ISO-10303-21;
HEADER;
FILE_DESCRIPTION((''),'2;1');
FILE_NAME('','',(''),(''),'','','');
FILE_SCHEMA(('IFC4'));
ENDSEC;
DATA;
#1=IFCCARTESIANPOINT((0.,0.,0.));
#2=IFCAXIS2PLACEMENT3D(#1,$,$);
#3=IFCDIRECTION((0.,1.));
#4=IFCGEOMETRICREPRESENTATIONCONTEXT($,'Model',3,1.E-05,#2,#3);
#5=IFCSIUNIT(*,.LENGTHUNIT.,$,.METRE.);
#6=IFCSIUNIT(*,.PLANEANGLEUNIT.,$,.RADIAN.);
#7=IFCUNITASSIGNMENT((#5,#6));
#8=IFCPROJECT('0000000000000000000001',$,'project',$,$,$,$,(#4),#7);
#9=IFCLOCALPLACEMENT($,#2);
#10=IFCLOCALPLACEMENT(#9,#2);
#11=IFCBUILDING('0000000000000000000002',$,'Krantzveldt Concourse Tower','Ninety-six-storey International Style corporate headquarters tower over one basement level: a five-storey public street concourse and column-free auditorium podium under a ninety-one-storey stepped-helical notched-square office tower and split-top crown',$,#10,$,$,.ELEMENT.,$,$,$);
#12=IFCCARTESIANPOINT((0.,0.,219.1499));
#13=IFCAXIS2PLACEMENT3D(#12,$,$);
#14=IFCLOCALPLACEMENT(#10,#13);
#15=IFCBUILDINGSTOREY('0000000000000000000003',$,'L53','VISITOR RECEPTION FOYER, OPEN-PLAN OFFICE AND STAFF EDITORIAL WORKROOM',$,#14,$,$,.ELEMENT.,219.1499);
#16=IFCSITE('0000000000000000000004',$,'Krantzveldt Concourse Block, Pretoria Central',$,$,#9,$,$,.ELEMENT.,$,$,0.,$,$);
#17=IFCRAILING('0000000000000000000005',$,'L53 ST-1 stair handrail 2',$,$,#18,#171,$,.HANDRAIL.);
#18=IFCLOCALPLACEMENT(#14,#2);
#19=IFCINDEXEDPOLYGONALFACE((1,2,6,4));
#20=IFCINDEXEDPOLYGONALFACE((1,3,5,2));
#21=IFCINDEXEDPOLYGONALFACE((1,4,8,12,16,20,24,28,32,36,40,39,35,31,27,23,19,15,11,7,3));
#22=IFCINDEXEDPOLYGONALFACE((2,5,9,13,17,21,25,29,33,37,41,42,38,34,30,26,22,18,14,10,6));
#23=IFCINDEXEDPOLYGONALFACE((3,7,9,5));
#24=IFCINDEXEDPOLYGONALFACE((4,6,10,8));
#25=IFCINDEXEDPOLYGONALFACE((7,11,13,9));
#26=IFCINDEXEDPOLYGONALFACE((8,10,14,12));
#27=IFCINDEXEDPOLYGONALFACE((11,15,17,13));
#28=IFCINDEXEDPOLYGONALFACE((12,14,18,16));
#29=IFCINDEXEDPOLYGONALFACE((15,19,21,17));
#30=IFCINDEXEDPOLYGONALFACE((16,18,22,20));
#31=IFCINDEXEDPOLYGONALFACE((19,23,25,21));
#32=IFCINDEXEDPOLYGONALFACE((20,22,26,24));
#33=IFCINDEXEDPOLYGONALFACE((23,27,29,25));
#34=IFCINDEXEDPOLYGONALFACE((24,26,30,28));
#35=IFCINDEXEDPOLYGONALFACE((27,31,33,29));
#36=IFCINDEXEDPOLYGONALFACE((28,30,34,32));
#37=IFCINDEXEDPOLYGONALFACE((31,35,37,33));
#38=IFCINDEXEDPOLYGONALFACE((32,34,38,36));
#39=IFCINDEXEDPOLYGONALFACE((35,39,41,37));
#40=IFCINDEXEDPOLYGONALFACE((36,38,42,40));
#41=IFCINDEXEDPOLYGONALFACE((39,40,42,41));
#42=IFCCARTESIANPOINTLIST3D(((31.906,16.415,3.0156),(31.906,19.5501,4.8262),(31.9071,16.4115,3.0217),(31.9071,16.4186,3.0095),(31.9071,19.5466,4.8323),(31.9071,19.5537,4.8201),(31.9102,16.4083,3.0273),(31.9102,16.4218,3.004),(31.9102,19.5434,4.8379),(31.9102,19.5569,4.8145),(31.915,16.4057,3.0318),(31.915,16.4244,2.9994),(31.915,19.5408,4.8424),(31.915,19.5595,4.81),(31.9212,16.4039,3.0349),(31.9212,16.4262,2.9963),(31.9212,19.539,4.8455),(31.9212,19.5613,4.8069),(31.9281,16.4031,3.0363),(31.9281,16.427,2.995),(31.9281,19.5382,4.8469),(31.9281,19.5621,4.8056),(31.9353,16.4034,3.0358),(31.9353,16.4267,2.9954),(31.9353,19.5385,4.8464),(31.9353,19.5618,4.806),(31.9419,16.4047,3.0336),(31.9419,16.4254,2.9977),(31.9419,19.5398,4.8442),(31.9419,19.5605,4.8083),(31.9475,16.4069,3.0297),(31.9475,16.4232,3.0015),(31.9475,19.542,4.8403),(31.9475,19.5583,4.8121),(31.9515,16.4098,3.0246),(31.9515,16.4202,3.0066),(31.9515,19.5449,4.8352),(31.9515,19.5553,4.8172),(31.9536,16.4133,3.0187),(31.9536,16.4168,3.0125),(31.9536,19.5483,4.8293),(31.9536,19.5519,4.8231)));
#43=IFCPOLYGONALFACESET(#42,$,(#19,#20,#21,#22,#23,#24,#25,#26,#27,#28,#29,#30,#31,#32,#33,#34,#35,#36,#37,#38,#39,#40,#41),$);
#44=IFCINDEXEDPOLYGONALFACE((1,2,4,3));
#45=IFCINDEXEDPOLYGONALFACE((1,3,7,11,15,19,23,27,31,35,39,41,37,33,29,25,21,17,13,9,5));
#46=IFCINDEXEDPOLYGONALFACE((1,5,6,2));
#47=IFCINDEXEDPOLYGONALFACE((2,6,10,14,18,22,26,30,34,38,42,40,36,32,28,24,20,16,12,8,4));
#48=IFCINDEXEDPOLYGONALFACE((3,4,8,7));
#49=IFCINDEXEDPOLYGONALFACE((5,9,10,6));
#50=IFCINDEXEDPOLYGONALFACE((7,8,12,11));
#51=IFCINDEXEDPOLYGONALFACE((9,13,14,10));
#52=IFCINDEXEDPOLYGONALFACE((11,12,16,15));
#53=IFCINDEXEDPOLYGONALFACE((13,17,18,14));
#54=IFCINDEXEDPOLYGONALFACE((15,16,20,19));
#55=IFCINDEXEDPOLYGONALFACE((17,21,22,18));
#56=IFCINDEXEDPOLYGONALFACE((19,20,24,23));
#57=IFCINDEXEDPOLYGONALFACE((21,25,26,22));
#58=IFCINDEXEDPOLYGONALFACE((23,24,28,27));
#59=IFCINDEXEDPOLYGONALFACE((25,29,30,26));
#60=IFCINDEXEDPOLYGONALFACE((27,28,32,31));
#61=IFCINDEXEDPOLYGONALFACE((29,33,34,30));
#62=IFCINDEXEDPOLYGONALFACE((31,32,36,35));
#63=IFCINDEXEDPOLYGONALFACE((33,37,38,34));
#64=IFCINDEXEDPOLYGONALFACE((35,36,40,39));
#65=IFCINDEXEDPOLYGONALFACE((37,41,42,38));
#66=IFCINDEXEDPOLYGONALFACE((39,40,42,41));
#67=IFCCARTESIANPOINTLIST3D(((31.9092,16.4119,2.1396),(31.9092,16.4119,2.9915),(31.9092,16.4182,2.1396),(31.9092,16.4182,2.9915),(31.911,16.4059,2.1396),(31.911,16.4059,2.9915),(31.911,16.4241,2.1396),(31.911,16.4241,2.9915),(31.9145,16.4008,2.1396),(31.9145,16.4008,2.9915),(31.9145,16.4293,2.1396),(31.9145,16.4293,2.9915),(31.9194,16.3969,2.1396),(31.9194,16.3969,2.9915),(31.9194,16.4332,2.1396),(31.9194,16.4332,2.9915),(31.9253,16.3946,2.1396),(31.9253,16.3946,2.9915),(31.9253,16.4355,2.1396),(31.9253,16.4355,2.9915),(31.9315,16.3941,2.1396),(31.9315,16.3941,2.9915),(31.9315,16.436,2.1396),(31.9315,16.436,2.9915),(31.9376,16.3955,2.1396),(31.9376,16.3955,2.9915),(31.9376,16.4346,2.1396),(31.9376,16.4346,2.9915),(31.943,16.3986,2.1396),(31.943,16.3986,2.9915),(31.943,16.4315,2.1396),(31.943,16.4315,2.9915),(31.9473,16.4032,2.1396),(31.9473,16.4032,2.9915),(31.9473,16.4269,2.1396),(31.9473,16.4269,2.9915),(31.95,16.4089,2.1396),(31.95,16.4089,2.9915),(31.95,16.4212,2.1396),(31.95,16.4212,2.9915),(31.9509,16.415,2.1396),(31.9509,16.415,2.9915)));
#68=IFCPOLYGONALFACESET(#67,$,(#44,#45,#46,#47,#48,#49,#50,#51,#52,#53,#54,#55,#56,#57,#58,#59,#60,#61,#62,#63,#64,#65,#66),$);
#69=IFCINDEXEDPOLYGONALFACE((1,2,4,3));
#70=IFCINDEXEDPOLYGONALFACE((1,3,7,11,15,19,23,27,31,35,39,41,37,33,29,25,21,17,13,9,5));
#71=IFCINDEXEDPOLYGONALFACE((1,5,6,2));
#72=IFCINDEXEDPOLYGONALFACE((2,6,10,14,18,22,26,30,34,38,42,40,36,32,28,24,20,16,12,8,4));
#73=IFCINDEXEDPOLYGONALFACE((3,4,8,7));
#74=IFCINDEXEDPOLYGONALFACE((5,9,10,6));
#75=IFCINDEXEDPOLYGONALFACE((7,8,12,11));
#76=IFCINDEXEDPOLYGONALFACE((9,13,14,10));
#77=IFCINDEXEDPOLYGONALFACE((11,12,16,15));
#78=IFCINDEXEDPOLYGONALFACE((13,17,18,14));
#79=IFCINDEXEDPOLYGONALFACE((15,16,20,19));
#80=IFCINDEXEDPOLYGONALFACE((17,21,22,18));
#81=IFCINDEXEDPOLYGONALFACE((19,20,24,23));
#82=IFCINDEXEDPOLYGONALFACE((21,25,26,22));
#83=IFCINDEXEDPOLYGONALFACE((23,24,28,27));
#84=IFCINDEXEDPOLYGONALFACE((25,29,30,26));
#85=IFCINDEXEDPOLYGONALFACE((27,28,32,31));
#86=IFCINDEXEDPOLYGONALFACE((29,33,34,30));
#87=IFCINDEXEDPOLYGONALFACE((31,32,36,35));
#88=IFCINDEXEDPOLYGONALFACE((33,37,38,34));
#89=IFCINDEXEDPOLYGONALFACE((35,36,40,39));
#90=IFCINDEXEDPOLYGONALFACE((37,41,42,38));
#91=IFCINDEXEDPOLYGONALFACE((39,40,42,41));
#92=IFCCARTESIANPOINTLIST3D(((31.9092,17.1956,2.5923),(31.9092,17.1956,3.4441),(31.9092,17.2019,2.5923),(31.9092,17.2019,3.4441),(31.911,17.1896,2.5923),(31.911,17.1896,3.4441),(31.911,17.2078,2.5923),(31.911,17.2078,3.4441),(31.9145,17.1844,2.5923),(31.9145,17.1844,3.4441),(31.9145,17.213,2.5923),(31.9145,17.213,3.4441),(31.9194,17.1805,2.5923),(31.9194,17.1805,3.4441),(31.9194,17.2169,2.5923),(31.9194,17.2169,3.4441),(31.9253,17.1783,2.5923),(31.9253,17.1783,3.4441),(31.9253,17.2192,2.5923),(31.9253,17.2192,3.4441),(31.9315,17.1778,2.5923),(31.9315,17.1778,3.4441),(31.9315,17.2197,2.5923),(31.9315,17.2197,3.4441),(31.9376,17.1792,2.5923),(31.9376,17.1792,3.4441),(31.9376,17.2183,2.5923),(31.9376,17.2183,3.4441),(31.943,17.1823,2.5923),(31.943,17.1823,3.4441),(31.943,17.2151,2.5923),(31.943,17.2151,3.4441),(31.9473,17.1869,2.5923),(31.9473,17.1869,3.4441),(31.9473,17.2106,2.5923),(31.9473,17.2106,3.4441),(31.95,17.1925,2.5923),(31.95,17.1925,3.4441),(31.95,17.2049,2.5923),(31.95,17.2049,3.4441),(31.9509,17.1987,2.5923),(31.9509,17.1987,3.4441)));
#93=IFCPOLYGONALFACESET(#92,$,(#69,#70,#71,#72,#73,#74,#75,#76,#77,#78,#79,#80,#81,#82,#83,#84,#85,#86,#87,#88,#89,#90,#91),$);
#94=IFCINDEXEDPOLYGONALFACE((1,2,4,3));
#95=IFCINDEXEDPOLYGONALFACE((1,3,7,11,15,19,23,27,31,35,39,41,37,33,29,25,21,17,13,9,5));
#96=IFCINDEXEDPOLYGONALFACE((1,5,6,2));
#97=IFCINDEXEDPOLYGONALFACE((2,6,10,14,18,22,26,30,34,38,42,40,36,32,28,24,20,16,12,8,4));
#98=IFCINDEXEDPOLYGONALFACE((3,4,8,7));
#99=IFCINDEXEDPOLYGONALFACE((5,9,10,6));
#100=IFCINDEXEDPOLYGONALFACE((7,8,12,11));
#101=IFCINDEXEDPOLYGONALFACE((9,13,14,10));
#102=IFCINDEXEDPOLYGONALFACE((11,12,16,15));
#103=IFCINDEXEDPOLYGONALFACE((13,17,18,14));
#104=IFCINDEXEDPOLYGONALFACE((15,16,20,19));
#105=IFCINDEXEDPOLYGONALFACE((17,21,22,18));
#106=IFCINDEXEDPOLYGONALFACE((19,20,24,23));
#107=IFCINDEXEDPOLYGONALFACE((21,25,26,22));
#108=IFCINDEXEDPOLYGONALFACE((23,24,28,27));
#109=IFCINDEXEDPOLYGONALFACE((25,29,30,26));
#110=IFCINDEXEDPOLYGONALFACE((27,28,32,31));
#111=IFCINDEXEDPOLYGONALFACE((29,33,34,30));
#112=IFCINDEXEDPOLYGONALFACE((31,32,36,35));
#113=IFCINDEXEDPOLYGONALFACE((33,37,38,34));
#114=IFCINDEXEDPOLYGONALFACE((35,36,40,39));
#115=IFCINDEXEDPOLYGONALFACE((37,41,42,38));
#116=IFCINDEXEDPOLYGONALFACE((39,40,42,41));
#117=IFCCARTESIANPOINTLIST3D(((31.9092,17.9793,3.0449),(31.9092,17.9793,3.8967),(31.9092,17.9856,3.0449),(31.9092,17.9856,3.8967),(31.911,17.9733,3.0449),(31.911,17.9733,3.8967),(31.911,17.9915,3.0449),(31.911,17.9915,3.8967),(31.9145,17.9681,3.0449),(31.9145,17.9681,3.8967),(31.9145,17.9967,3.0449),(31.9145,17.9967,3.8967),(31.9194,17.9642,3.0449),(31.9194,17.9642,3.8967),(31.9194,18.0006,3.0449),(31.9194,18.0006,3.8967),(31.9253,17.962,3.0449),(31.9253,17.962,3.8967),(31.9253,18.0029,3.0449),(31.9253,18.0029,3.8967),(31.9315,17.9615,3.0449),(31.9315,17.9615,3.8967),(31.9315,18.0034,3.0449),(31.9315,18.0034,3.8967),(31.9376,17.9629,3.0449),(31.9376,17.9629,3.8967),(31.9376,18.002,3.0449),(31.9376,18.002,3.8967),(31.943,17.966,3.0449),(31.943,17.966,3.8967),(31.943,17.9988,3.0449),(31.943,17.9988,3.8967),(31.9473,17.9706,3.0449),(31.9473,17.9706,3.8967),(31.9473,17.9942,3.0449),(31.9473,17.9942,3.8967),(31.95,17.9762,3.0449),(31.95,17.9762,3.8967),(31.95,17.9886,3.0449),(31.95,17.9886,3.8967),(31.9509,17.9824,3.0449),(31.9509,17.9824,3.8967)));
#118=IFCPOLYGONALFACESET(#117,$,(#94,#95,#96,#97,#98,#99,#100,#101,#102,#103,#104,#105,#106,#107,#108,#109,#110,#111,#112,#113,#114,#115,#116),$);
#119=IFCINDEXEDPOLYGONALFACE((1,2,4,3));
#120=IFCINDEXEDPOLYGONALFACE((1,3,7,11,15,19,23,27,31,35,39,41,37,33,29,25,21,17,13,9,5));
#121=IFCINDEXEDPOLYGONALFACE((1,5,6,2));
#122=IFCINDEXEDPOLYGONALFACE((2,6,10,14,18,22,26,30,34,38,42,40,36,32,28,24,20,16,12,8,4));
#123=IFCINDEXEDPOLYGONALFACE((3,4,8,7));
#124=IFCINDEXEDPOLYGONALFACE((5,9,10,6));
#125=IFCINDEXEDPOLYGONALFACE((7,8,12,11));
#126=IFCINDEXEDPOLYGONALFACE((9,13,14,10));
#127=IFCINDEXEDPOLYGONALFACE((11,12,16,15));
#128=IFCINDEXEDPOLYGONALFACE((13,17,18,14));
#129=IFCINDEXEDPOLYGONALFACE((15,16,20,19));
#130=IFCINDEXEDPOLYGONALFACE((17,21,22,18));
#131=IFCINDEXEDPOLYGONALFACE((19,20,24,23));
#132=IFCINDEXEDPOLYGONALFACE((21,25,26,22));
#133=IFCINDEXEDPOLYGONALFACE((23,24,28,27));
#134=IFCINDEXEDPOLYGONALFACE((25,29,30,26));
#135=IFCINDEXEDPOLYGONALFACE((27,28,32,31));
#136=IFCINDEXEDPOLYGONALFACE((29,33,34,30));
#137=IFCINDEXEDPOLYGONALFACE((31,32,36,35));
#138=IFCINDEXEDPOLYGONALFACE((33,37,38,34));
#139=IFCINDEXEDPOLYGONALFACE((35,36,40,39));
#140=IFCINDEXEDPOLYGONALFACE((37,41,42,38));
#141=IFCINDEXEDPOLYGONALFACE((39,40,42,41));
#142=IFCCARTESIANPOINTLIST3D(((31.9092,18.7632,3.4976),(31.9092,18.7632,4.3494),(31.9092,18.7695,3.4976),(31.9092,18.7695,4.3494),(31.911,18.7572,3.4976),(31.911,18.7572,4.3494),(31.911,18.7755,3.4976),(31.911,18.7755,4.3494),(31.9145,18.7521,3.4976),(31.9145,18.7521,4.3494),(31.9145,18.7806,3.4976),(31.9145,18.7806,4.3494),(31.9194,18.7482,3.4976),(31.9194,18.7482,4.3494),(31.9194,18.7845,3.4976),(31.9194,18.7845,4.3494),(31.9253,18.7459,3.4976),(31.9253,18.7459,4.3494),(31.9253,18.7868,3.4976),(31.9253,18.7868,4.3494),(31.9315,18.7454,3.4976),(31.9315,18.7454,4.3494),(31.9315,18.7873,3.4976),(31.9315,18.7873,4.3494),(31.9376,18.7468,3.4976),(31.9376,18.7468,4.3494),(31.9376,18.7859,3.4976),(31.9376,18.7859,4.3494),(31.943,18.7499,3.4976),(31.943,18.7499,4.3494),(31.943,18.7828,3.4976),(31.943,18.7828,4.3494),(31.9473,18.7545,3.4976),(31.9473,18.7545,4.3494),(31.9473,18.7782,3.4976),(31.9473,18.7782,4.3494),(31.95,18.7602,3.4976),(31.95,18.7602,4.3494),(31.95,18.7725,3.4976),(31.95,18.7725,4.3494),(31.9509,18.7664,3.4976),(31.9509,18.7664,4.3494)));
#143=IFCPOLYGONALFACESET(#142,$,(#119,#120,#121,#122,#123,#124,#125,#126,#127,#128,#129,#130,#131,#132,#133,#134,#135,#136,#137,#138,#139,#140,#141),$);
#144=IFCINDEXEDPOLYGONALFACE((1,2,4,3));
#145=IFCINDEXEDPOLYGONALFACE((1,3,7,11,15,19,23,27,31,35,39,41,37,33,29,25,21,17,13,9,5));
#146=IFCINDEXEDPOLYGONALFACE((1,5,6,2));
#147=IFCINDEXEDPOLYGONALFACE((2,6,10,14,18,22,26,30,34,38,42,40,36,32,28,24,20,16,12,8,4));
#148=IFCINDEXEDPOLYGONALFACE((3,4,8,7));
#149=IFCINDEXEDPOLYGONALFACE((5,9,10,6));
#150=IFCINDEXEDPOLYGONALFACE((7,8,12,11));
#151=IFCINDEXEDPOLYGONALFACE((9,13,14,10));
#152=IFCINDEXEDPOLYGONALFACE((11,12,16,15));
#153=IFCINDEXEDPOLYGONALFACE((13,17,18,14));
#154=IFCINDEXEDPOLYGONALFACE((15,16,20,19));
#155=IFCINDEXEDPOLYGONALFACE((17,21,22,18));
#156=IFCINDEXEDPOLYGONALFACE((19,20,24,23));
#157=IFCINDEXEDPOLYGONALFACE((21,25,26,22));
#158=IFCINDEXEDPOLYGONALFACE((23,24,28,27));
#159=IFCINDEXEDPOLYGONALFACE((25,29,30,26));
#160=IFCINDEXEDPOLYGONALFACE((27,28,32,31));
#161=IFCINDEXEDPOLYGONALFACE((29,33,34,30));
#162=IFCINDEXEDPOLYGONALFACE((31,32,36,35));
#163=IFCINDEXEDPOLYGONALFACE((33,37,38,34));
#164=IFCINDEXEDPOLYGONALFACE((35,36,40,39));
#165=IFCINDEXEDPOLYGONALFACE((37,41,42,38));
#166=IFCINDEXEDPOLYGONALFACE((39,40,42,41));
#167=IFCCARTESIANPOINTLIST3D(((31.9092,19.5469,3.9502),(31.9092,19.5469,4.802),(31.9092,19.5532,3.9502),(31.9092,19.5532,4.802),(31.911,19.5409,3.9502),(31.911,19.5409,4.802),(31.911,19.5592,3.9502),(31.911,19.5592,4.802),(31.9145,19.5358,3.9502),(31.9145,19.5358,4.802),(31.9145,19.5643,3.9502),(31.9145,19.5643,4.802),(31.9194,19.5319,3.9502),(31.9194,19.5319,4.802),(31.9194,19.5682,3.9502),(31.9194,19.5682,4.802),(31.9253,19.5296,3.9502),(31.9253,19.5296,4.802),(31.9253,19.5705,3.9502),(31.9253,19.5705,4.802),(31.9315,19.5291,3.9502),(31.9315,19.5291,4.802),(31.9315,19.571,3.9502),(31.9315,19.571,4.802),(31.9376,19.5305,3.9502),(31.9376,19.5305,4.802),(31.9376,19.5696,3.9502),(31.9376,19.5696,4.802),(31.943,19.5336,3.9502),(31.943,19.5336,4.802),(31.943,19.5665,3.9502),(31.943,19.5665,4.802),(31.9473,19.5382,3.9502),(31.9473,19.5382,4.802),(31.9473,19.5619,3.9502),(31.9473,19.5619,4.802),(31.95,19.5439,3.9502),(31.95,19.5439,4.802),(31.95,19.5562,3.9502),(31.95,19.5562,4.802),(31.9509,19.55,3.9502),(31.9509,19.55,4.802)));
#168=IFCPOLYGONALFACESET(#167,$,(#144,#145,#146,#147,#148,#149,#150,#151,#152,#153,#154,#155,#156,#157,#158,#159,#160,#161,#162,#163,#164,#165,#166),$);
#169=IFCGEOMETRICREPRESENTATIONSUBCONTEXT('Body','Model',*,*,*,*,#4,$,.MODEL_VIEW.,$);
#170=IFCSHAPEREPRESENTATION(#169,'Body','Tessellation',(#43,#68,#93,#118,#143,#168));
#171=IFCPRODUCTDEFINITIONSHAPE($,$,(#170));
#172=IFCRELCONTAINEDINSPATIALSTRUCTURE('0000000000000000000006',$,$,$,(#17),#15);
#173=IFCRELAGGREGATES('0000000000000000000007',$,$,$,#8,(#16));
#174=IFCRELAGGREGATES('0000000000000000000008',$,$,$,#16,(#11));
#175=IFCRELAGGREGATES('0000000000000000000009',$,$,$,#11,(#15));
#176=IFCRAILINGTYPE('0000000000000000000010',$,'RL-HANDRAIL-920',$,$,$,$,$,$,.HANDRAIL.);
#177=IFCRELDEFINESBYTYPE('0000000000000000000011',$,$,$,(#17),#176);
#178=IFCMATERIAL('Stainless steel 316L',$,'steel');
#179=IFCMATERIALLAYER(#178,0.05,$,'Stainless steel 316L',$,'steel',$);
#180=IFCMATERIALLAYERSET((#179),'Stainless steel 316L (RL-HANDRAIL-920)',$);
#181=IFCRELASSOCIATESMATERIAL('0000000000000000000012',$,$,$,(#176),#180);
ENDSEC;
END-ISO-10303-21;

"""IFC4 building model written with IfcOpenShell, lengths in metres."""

from ifc_helpers import new_model, si_unit, direction, frame, origin, origin_2d, place, context, subcontext, project, spatial, circle, extrude, material, layer, layer_set, type_object, element, save


model = new_model("IFC4")

# Units and contexts
model_context = context("Model", 3, precision=1e-05, world=origin(), true_north=direction((0.0, 1.0)))
body_context = subcontext(model_context, "Body", "Model", "MODEL_VIEW")
ifc_project = project(units=[si_unit("LENGTHUNIT", "METRE"), si_unit("PLANEANGLEUNIT", "RADIAN")], contexts=[model_context])

# Site, building, storey
site_placement = place(None, origin())
site = spatial("IfcSite", under=ifc_project, at=site_placement, Name="Krantzveldt Concourse Block, Pretoria Central", CompositionType="ELEMENT", RefElevation=0.0)
building_placement = place(site_placement, origin())
building = spatial("IfcBuilding", under=site, at=building_placement, Name="Krantzveldt Concourse Tower", Description="Ninety-six-storey International Style corporate headquarters tower over one basement level: a five-storey public street concourse and column-free auditorium podium under a ninety-one-storey stepped-helical notched-square office tower and split-top crown", CompositionType="ELEMENT")
storey_placement = place(building_placement, frame((0.0, 0.0, 219.1499)))
storey = spatial("IfcBuildingStorey", under=building, at=storey_placement, Name="L53", Description="VISITOR RECEPTION FOYER, OPEN-PLAN OFFICE AND STAFF EDITORIAL WORKROOM", CompositionType="ELEMENT", Elevation=219.1499)

# Railing
ifc_material_1 = material(Name="Stainless steel 316L", Category="steel")
ifc_layer_1 = layer(ifc_material_1, 0.05, Name="Stainless steel 316L", Category="steel")
ifc_layer_set_1 = layer_set([ifc_layer_1], Name="Stainless steel 316L (RL-HANDRAIL-920)")
railing_type_1 = type_object("IfcRailingType", Name="RL-HANDRAIL-920", PredefinedType="HANDRAIL", material=ifc_layer_set_1)
railing_1_placement = place(storey_placement, frame((31.9299, 16.415, 2.1396)))
element("IfcRailing", 1, at=railing_1_placement, inside=storey, type_object=railing_type_1, Name="L53 ST-1 stair handrail 2", PredefinedType="HANDRAIL", context=body_context, shape_type="SweptSolid", body=[
    extrude(circle(Radius=0.0239, at=origin_2d()), frame((0.0, 0.0, 0.876), z_axis=(0.0, 0.86596, 0.500114), x_axis=(-1.0, 0.0, 0.0)), (0.0, 0.0, 1.0), 3.6204),
    extrude(circle(Radius=0.021, at=origin_2d()), origin(), (0.0, 0.0, 1.0), 0.8518),
    extrude(circle(Radius=0.021, at=origin_2d()), frame((0.0, 0.7837, 0.4526)), (0.0, 0.0, 1.0), 0.8518),
    extrude(circle(Radius=0.021, at=origin_2d()), frame((0.0, 1.5674, 0.9053)), (0.0, 0.0, 1.0), 0.8518),
    extrude(circle(Radius=0.021, at=origin_2d()), frame((0.0, 2.3513, 1.3579)), (0.0, 0.0, 1.0), 0.8518),
    extrude(circle(Radius=0.021, at=origin_2d()), frame((0.0, 3.135, 1.8105)), (0.0, 0.0, 1.0), 0.8518),
])

save(model, "model.ifc")
